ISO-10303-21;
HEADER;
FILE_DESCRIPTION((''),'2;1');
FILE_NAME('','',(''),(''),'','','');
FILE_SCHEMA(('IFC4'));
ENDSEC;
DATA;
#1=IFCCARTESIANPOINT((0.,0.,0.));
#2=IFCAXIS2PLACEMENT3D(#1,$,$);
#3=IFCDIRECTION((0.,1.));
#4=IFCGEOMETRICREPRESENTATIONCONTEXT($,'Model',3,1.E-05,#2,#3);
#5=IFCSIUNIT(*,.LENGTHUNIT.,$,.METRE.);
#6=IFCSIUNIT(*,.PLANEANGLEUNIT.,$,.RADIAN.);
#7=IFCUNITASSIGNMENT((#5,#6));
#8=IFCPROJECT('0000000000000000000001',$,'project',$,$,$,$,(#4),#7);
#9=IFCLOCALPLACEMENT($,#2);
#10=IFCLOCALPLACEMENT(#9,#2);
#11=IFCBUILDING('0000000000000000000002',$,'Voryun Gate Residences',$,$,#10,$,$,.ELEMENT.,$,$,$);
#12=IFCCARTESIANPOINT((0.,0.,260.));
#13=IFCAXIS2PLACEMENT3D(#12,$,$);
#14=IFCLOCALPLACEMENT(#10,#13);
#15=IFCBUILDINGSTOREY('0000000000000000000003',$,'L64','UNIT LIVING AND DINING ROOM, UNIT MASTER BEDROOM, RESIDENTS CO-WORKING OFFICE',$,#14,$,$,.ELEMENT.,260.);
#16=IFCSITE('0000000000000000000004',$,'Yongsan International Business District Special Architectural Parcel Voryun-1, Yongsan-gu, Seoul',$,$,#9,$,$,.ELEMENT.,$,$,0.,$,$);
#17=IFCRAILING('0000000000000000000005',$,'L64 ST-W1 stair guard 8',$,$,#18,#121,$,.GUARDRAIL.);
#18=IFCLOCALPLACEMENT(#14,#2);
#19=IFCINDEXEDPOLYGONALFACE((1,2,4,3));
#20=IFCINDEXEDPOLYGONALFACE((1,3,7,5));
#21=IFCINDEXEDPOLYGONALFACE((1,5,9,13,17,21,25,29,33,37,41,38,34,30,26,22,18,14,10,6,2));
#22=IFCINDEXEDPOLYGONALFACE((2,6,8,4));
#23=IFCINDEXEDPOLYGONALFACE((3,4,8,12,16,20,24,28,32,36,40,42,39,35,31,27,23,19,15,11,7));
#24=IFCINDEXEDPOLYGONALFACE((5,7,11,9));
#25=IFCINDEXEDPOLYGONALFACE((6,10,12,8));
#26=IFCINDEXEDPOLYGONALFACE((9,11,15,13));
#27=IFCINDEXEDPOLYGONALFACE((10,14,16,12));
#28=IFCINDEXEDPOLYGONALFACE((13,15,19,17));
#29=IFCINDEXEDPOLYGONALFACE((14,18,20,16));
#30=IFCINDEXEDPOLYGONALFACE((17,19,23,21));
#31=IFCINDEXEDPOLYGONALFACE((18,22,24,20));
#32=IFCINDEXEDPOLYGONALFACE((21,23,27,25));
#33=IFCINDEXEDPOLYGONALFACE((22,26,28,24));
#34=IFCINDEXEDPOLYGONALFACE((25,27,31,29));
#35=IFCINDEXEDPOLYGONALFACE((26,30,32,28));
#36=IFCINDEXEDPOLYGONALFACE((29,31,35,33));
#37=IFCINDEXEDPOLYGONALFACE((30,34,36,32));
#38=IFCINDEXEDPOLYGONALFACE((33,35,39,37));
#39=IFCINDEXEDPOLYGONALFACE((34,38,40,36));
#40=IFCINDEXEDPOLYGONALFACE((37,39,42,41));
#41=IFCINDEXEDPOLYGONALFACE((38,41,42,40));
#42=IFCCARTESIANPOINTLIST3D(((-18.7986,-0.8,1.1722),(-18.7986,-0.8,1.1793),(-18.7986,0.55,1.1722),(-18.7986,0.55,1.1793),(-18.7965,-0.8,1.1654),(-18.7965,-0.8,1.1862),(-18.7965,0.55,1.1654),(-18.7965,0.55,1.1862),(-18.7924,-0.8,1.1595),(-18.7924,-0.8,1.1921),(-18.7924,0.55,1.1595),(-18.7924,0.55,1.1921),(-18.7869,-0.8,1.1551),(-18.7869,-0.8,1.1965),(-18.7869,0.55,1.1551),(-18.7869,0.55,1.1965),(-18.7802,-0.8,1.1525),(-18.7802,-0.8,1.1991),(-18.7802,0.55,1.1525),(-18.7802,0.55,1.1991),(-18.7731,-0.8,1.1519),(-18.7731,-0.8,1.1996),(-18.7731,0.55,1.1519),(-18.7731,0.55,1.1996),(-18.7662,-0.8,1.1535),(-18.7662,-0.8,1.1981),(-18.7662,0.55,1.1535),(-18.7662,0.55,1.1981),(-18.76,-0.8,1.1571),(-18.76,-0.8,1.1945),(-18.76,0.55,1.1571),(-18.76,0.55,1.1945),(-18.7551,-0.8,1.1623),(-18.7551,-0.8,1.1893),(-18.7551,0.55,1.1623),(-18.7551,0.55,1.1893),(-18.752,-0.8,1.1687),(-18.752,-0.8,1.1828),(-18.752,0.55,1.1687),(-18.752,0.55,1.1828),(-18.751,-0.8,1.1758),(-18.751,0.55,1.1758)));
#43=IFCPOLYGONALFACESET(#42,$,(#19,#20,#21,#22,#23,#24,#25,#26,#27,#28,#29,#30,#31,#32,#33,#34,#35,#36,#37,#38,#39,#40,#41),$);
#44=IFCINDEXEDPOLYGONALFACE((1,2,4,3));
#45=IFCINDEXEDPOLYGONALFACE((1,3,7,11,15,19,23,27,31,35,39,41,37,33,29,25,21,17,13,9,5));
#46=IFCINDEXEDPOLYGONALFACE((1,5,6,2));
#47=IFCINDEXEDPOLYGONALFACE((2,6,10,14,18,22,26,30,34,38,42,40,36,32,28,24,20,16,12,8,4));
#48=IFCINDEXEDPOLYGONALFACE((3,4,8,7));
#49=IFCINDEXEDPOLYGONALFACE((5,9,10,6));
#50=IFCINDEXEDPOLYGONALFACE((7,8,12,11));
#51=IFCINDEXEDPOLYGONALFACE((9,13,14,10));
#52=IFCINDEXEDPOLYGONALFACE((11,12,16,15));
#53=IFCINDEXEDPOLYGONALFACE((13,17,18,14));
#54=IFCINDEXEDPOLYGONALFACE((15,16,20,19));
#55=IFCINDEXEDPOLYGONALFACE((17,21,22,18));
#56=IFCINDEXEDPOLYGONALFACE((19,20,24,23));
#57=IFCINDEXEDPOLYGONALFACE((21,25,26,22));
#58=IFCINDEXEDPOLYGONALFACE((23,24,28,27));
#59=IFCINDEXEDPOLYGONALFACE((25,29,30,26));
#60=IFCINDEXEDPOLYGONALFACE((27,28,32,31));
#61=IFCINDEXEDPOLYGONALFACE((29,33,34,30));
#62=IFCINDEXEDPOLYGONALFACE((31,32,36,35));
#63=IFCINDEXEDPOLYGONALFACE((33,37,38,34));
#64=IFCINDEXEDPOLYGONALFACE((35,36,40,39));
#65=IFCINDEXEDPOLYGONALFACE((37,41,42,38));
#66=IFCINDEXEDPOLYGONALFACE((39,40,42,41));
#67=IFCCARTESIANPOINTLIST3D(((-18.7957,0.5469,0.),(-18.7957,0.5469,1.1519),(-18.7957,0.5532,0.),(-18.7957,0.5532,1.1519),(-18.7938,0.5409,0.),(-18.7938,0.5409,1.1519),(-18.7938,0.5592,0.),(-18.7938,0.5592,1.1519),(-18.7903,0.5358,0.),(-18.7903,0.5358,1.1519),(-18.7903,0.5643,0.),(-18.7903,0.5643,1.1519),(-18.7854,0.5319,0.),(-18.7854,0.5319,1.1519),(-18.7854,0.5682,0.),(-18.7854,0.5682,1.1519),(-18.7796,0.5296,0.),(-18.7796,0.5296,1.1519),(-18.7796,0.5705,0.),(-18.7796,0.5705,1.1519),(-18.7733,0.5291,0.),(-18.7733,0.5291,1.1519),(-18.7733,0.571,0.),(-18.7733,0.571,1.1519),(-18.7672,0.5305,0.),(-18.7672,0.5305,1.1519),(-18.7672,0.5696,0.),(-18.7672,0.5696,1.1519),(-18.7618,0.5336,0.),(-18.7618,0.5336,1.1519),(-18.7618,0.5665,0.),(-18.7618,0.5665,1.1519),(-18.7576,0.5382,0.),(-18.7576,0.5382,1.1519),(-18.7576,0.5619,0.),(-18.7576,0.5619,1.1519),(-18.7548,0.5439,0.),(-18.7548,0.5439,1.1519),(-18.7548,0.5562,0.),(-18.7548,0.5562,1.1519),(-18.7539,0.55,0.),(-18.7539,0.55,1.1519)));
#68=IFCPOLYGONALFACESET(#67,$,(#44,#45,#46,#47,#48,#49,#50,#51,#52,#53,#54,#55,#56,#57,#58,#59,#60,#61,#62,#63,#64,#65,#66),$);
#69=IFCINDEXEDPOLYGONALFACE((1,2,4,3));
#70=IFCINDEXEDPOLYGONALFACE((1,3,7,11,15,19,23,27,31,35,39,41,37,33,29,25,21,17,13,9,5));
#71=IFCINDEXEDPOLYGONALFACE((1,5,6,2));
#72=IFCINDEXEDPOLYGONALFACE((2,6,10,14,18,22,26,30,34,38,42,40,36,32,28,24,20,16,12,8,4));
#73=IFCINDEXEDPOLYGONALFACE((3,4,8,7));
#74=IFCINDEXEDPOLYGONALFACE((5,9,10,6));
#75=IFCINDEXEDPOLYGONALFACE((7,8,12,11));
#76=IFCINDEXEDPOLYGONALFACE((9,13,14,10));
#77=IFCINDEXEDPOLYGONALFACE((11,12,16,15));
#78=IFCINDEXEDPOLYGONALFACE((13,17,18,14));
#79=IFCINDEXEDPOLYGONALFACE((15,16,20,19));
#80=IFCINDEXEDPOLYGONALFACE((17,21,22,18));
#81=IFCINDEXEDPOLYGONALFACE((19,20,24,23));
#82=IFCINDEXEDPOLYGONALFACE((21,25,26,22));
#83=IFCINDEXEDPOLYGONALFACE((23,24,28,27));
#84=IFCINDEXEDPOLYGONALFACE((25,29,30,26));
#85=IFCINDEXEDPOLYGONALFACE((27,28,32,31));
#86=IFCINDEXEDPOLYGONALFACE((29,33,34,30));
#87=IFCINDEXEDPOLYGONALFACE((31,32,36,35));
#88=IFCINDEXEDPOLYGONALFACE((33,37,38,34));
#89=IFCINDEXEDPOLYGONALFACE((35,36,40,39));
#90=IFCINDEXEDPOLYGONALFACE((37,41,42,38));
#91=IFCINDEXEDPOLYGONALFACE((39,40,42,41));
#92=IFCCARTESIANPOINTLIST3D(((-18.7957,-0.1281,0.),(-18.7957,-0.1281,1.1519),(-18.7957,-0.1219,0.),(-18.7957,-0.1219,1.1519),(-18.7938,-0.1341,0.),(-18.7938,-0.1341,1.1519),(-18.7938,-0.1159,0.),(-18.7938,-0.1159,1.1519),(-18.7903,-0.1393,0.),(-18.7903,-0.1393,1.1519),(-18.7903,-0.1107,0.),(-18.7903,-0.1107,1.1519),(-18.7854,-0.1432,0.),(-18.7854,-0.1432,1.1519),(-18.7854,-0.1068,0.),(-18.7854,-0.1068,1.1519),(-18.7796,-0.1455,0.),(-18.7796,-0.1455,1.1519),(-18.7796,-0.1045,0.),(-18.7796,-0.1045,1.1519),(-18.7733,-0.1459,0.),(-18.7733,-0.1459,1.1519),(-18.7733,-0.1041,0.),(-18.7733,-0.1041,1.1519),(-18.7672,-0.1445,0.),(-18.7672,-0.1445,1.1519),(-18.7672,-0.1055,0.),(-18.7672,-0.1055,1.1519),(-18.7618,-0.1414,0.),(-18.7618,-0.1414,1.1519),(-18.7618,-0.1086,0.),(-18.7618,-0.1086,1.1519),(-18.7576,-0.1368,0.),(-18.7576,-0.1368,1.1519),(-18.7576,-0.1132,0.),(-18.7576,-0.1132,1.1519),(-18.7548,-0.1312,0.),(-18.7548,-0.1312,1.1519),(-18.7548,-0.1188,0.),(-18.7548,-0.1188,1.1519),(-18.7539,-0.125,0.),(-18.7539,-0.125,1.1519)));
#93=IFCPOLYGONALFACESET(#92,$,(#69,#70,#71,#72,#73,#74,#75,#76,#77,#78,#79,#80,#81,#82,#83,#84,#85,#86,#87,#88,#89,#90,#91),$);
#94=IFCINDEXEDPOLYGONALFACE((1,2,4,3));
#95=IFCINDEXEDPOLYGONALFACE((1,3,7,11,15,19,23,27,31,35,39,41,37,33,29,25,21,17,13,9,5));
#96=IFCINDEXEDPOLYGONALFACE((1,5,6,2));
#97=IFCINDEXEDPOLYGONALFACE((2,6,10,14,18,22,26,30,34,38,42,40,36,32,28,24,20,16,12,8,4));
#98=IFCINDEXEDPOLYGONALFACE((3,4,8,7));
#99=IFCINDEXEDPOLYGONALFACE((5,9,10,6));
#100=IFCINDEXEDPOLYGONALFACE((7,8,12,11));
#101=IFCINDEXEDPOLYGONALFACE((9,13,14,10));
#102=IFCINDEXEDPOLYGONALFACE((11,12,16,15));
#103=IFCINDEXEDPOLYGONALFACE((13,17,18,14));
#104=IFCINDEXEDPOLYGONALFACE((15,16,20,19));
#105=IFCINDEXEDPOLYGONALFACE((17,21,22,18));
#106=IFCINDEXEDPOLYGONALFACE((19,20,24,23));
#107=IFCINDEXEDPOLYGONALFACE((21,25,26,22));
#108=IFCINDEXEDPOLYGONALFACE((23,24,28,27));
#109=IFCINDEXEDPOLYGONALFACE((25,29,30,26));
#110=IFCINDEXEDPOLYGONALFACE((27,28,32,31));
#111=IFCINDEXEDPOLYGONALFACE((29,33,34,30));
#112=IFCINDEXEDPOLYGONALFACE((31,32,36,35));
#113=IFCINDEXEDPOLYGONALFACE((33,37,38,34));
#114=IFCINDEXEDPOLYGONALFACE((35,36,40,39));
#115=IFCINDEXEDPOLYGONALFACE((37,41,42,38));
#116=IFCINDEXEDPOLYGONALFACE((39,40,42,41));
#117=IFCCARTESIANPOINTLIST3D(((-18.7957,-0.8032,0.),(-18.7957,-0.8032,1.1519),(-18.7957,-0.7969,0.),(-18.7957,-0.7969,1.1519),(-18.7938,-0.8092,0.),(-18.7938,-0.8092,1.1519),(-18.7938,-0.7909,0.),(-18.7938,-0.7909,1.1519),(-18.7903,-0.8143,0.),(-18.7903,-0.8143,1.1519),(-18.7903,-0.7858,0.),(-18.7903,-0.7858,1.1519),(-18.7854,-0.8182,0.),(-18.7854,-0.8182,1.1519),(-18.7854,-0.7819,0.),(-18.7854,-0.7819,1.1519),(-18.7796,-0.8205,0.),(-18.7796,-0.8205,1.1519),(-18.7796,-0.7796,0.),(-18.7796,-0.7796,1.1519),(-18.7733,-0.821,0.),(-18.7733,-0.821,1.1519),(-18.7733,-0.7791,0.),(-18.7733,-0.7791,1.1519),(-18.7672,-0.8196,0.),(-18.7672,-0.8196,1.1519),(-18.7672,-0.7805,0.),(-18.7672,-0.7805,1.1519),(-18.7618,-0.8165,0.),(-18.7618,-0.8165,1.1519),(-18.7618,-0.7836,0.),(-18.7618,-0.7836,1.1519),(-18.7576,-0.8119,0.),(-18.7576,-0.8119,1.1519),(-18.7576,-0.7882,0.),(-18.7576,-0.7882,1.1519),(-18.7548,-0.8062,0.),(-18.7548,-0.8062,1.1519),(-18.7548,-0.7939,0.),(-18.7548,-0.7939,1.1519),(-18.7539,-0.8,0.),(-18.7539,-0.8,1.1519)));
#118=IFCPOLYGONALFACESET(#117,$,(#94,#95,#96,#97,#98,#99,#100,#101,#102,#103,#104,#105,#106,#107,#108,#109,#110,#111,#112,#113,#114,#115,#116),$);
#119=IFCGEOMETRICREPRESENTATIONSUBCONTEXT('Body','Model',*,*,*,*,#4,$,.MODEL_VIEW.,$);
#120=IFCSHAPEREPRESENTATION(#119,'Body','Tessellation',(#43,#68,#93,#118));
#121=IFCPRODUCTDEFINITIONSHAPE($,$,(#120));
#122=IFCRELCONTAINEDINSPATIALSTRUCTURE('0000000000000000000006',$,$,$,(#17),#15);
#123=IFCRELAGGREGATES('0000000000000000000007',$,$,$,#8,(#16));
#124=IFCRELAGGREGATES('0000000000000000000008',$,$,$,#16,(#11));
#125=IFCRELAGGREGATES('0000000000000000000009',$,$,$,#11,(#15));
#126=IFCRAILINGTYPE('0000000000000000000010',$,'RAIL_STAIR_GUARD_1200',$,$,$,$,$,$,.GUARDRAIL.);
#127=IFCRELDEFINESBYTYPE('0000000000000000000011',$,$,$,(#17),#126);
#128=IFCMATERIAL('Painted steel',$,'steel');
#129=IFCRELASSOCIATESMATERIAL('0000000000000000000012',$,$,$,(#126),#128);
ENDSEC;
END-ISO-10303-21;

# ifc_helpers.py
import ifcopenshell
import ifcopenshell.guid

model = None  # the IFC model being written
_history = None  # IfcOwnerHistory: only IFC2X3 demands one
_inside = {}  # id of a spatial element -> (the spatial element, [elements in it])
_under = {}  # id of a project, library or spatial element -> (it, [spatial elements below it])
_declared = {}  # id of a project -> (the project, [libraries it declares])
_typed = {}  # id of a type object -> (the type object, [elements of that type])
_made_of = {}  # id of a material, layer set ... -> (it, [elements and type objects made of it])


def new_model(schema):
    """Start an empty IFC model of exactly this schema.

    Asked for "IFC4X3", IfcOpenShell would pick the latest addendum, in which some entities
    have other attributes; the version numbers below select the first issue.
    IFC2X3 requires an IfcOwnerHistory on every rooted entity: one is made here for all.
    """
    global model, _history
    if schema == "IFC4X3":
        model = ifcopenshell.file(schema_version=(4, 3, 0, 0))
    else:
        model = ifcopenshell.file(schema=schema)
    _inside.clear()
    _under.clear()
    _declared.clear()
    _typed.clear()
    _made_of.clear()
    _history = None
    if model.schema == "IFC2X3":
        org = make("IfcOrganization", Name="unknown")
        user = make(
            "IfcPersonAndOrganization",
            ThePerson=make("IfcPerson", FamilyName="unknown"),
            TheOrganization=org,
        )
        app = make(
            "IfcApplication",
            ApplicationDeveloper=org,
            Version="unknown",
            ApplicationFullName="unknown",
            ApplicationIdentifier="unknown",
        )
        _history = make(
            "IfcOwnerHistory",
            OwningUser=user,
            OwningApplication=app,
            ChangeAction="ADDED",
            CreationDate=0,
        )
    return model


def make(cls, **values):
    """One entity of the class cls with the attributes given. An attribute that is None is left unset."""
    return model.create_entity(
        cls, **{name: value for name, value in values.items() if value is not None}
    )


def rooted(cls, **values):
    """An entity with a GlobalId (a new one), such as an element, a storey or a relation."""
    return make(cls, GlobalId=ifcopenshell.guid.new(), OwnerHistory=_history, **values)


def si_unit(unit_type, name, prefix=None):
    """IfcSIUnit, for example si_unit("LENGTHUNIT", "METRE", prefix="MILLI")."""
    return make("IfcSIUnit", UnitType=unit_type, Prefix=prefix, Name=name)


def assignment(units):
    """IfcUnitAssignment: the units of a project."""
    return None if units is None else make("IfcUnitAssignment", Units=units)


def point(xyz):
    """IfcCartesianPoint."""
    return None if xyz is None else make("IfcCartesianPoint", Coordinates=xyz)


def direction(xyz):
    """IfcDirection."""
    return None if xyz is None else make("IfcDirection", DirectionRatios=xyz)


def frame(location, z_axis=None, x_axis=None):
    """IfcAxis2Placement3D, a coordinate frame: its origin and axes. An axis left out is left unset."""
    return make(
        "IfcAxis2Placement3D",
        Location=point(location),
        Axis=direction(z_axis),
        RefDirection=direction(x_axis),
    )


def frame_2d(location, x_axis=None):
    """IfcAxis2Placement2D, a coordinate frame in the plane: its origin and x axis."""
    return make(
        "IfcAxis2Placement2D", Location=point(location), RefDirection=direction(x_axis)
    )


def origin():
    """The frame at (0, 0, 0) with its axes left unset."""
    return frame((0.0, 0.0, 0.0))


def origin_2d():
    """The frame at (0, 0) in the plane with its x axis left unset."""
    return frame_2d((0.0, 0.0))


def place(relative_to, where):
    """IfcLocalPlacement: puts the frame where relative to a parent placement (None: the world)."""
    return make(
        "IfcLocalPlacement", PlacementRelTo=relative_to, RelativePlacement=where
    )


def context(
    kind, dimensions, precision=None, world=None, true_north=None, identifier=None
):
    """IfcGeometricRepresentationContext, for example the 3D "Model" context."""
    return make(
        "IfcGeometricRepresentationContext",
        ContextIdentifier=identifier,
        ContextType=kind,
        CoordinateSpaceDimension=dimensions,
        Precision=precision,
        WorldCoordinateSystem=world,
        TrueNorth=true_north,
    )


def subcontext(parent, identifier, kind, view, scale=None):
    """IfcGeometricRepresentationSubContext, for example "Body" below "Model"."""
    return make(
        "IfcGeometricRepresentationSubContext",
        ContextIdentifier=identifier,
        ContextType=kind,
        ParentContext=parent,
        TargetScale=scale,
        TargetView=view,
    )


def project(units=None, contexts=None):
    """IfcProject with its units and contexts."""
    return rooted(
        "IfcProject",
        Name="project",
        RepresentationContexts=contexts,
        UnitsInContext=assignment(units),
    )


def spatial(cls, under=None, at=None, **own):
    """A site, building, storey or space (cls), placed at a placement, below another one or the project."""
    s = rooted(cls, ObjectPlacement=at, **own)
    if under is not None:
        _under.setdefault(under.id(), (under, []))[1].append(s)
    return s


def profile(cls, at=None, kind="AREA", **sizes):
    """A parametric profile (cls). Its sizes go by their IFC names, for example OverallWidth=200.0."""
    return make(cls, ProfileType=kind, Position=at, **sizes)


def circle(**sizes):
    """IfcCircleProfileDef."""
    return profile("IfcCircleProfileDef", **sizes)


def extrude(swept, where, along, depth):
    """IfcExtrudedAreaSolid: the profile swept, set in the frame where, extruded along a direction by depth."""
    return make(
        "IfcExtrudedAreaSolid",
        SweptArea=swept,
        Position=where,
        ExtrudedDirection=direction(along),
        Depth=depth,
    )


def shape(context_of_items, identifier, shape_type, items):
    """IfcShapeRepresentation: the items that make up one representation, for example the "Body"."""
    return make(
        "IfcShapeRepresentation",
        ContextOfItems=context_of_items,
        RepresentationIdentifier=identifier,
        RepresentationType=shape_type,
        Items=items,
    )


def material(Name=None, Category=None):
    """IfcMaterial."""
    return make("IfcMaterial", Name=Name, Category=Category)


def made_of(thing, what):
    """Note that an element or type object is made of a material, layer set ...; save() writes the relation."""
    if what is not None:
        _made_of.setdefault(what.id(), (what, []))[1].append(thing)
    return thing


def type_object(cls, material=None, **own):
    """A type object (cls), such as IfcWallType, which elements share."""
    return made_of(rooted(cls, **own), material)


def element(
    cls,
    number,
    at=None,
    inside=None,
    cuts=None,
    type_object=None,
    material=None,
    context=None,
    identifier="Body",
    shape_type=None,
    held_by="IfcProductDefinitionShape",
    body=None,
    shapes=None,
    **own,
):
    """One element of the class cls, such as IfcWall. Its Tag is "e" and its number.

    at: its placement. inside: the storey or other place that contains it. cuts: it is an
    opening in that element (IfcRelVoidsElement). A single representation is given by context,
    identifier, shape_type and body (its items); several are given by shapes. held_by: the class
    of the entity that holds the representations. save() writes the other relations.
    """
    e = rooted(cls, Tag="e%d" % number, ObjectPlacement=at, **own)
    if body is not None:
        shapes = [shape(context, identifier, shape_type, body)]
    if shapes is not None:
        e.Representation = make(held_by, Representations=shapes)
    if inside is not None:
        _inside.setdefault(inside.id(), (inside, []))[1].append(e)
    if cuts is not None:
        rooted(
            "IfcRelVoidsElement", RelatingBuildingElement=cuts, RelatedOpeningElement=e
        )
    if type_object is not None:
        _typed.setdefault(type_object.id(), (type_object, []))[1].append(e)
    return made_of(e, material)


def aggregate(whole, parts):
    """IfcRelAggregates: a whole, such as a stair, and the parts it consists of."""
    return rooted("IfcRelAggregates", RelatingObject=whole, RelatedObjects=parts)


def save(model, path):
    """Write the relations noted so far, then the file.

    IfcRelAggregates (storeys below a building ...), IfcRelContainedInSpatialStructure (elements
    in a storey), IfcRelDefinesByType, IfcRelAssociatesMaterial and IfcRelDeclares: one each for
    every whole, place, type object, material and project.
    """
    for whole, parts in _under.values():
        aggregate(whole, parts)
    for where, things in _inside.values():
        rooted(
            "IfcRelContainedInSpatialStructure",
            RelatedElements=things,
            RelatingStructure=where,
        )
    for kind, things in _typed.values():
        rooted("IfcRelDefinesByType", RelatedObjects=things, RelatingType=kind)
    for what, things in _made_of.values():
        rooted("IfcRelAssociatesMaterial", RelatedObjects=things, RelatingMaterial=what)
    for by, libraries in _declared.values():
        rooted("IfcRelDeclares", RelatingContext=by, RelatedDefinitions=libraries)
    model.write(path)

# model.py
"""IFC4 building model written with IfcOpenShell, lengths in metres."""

from ifc_helpers import new_model, si_unit, direction, frame, origin, origin_2d, place, context, subcontext, project, spatial, circle, extrude, material, type_object, element, save


model = new_model("IFC4")

# Units and contexts
model_context = context("Model", 3, precision=1e-05, world=origin(), true_north=direction((0.0, 1.0)))
body_context = subcontext(model_context, "Body", "Model", "MODEL_VIEW")
ifc_project = project(units=[si_unit("LENGTHUNIT", "METRE"), si_unit("PLANEANGLEUNIT", "RADIAN")], contexts=[model_context])

# Site, building, storey
site_placement = place(None, origin())
site = spatial("IfcSite", under=ifc_project, at=site_placement, Name="Yongsan International Business District Special Architectural Parcel Voryun-1, Yongsan-gu, Seoul", CompositionType="ELEMENT", RefElevation=0.0)
building_placement = place(site_placement, origin())
building = spatial("IfcBuilding", under=site, at=building_placement, Name="Voryun Gate Residences", CompositionType="ELEMENT")
storey_placement = place(building_placement, frame((0.0, 0.0, 260.0)))
storey = spatial("IfcBuildingStorey", under=building, at=storey_placement, Name="L64", Description="UNIT LIVING AND DINING ROOM, UNIT MASTER BEDROOM, RESIDENTS CO-WORKING OFFICE", CompositionType="ELEMENT", Elevation=260.0)

# Railing
ifc_material_1 = material(Name="Painted steel", Category="steel")
railing_type_1 = type_object("IfcRailingType", Name="RAIL_STAIR_GUARD_1200", PredefinedType="GUARDRAIL", material=ifc_material_1)
railing_1_placement = place(storey_placement, frame((-18.7749, 0.55, 0.0)))
element("IfcRailing", 1, at=railing_1_placement, inside=storey, type_object=railing_type_1, Name="L64 ST-W1 stair guard 8", PredefinedType="GUARDRAIL", context=body_context, shape_type="SweptSolid", body=[
    extrude(circle(Radius=0.0239, at=origin_2d()), frame((0.0, 0.0, 1.1758), z_axis=(0.0, -1.0, 0.0), x_axis=(1.0, 0.0, 0.0)), (0.0, 0.0, 1.0), 1.3501),
    extrude(circle(Radius=0.021, at=origin_2d()), origin(), (0.0, 0.0, 1.0), 1.1519),
    extrude(circle(Radius=0.021, at=origin_2d()), frame((0.0, -0.675, 0.0)), (0.0, 0.0, 1.0), 1.1519),
    extrude(circle(Radius=0.021, at=origin_2d()), frame((0.0, -1.3501, 0.0)), (0.0, 0.0, 1.0), 1.1519),
])

save(model, "model.ifc")
